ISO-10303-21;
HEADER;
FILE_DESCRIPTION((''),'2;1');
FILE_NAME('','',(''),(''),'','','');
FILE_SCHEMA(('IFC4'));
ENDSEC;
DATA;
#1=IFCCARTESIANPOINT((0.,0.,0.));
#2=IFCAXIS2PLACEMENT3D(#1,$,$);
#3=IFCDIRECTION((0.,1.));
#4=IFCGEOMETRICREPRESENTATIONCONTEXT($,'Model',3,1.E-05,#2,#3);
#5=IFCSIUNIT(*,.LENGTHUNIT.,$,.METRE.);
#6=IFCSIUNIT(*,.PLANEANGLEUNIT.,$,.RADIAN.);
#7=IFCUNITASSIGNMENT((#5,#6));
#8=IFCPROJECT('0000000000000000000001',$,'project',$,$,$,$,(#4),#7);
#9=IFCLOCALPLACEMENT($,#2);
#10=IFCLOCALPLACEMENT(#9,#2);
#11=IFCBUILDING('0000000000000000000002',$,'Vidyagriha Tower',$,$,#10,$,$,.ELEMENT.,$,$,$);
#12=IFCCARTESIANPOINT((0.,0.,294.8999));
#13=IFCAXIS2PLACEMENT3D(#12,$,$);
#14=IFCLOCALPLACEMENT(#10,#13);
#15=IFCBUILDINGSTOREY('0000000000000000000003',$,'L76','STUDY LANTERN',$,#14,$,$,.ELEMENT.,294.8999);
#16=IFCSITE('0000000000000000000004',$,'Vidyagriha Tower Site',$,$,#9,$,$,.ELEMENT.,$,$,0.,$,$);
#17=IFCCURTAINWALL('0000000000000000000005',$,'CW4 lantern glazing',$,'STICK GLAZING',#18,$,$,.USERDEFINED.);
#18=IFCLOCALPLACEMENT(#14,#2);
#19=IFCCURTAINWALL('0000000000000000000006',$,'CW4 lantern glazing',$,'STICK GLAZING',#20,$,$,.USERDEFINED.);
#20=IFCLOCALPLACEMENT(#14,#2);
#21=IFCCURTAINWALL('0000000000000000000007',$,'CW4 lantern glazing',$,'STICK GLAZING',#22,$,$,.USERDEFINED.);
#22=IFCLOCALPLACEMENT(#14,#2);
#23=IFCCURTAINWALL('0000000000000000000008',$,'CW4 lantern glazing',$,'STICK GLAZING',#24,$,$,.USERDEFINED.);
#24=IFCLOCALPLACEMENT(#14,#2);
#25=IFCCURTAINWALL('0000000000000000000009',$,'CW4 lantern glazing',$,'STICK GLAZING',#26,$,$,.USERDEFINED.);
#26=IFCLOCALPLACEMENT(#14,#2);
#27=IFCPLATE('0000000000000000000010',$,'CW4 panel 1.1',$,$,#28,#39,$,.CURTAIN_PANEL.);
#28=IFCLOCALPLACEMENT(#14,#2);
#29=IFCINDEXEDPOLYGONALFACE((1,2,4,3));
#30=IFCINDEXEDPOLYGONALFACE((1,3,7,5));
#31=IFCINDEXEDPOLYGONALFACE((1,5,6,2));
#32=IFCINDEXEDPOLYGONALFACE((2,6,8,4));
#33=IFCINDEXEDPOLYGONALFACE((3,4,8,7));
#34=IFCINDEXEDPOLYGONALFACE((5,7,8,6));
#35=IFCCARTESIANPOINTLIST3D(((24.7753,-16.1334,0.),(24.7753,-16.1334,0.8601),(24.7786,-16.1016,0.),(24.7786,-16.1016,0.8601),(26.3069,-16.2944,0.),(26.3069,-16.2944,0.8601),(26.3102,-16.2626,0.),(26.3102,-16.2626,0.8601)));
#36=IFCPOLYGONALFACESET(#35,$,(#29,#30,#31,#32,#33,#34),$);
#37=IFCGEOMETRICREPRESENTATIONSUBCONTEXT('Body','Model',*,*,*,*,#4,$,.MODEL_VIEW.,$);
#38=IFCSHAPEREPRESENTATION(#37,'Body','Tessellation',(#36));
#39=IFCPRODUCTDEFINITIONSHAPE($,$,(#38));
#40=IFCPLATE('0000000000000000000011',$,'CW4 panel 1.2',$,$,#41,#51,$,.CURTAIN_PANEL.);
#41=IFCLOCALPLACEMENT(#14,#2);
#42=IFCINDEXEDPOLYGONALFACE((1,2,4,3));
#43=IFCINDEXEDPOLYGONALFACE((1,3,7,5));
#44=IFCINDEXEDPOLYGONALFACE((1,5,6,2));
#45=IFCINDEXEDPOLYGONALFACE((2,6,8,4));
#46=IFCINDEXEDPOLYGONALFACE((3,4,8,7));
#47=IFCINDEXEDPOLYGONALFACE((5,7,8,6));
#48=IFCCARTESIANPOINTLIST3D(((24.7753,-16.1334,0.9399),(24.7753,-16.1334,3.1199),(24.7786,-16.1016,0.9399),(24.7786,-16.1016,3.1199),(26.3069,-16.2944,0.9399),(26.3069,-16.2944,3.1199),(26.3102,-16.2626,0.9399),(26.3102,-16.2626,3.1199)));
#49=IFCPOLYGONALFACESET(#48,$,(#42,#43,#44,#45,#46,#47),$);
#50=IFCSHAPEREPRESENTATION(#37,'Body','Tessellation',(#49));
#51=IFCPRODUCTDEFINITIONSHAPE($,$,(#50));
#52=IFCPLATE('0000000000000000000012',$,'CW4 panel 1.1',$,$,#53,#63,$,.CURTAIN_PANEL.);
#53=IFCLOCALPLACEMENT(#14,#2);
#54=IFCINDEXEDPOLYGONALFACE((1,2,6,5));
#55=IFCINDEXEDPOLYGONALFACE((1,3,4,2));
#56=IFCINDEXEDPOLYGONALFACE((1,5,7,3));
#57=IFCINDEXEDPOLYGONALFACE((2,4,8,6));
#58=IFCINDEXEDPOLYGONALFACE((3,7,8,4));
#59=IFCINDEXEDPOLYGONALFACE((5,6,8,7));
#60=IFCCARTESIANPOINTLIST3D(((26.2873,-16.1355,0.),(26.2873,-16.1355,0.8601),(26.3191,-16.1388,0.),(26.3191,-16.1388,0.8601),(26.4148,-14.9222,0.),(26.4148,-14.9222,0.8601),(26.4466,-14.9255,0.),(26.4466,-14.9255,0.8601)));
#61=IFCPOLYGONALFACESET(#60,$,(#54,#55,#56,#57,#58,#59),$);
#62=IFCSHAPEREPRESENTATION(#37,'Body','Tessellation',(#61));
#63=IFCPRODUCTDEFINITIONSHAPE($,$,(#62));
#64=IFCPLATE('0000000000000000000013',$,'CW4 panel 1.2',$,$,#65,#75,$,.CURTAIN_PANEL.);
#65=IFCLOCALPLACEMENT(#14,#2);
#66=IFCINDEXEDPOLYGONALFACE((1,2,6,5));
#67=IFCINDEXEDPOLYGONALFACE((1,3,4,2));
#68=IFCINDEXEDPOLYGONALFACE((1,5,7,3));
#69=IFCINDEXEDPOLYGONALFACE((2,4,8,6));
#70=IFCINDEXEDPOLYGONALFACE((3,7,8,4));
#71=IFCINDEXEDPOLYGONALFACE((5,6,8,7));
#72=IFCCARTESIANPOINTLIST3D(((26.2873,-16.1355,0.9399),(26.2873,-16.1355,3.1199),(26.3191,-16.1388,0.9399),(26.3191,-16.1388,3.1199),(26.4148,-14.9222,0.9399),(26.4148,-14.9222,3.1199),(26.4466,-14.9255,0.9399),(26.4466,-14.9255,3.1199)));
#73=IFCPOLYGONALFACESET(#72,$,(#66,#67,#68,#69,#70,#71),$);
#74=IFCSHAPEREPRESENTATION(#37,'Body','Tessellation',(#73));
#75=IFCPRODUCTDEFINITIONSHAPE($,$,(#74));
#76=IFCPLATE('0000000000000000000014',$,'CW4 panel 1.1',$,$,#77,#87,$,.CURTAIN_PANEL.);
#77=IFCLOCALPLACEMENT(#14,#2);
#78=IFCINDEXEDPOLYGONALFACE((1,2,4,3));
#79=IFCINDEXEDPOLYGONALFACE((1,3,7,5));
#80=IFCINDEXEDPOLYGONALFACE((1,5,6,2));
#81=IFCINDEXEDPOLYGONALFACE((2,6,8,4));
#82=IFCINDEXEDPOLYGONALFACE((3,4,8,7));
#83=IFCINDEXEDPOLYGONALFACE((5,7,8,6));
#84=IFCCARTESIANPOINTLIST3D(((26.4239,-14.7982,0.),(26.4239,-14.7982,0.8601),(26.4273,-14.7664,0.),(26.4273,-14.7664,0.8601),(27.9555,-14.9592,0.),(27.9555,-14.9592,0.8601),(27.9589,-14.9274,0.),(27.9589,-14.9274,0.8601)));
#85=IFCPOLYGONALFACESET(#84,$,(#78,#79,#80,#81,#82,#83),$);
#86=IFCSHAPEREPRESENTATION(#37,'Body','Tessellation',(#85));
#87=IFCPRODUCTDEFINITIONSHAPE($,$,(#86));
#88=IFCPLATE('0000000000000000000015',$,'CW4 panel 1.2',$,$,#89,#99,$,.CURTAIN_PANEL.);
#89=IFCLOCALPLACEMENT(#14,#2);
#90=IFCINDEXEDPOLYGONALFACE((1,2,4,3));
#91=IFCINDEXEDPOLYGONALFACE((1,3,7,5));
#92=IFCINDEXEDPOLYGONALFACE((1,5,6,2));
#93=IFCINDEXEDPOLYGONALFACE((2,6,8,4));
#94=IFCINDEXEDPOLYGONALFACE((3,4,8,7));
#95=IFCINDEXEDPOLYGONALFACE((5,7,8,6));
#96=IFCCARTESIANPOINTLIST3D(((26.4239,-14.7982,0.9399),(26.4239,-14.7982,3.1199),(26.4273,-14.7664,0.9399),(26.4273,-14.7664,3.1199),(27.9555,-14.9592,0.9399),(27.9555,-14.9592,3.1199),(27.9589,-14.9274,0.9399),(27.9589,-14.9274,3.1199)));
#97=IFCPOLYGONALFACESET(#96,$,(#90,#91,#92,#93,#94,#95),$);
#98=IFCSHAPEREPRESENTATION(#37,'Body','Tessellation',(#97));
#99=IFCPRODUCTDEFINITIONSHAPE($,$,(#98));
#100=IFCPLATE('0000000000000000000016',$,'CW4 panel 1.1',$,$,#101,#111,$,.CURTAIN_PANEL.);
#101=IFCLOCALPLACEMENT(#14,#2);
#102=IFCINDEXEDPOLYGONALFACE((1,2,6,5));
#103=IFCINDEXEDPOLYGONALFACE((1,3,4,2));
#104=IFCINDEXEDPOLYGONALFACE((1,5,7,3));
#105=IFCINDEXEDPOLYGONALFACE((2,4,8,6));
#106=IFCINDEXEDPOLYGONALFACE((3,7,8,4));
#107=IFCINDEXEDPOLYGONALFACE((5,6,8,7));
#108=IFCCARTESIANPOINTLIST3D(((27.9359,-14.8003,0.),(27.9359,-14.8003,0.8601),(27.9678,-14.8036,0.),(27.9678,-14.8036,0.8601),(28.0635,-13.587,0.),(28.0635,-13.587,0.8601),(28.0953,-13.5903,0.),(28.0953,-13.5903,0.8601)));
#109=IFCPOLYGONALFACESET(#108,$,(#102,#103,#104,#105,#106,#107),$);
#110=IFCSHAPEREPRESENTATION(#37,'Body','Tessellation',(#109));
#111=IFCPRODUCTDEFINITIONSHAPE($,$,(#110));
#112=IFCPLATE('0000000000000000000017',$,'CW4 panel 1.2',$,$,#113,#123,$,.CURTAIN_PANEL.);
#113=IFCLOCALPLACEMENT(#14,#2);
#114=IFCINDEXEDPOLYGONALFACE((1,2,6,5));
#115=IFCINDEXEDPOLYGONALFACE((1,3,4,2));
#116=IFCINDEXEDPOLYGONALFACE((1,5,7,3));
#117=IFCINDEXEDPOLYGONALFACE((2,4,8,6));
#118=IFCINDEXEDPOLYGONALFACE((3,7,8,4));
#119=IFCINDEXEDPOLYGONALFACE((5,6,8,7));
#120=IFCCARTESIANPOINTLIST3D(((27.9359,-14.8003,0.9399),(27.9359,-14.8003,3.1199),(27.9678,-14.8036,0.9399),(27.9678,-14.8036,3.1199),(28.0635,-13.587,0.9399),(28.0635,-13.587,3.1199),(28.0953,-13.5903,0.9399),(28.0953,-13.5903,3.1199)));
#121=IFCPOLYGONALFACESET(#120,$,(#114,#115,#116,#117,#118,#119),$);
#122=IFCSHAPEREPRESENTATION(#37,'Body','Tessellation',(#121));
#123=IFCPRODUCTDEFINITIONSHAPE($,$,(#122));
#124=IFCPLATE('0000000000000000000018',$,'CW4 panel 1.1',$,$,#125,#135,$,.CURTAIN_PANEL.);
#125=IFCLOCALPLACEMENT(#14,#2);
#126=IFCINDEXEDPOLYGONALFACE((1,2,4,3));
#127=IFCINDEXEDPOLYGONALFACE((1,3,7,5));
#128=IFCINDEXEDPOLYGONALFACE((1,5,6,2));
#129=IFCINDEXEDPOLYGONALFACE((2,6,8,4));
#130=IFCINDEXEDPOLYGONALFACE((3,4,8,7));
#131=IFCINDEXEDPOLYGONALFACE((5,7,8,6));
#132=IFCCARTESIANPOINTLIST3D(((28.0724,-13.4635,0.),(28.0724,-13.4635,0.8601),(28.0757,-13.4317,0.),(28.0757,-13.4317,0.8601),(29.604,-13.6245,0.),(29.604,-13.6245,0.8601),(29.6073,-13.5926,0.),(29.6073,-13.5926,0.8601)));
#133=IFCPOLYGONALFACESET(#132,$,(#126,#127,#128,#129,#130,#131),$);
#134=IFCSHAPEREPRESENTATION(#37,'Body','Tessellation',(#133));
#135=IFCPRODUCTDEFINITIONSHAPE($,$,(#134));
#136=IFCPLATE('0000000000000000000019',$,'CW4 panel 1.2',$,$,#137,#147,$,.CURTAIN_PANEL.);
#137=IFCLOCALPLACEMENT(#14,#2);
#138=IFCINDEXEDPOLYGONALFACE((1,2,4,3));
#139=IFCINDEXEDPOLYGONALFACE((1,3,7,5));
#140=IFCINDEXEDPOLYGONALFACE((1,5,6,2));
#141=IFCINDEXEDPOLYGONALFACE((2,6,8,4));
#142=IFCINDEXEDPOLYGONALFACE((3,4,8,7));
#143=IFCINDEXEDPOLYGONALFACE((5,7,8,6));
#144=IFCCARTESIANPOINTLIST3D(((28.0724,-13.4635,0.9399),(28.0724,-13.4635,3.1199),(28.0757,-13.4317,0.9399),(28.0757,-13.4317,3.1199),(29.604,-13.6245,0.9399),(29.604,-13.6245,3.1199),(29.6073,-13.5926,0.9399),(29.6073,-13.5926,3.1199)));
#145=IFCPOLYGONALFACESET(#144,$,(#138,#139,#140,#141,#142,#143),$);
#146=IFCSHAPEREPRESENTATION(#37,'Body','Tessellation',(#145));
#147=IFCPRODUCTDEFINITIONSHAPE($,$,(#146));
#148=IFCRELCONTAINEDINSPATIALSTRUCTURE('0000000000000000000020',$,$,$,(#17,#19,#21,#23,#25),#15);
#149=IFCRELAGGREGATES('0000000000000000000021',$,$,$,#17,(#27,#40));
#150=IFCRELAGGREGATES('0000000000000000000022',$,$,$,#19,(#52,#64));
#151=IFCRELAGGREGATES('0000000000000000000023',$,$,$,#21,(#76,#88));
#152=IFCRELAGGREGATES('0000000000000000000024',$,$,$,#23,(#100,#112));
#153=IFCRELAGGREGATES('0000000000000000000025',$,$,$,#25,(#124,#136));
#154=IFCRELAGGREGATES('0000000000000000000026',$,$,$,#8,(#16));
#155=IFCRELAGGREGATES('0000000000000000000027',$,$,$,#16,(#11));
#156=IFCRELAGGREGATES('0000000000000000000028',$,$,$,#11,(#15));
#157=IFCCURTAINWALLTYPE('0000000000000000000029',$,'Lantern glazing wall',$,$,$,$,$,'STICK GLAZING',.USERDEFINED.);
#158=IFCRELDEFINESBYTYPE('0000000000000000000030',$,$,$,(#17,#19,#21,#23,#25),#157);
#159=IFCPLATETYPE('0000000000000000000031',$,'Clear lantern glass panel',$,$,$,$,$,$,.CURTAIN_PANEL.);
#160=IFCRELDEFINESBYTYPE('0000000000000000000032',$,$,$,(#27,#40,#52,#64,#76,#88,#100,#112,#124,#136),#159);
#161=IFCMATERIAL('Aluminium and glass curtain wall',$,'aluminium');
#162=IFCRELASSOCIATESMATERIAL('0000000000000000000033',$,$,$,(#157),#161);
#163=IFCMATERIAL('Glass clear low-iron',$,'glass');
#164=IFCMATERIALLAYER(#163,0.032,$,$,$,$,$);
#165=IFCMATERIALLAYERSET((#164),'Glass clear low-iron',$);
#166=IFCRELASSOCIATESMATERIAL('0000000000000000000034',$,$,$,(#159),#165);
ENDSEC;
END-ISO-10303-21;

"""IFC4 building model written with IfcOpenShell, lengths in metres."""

from ifc_helpers import new_model, si_unit, direction, frame, origin, origin_2d, place, context, subcontext, project, spatial, rectangle, extrude, material, layer, layer_set, type_object, element, aggregate, save


model = new_model("IFC4")

# Units and contexts
model_context = context("Model", 3, precision=1e-05, world=origin(), true_north=direction((0.0, 1.0)))
body_context = subcontext(model_context, "Body", "Model", "MODEL_VIEW")
ifc_project = project(units=[si_unit("LENGTHUNIT", "METRE"), si_unit("PLANEANGLEUNIT", "RADIAN")], contexts=[model_context])

# Site, building, storey
site_placement = place(None, origin())
site = spatial("IfcSite", under=ifc_project, at=site_placement, Name="Vidyagriha Tower Site", CompositionType="ELEMENT", RefElevation=0.0)
building_placement = place(site_placement, origin())
building = spatial("IfcBuilding", under=site, at=building_placement, Name="Vidyagriha Tower", CompositionType="ELEMENT")
storey_placement = place(building_placement, frame((0.0, 0.0, 294.8999)))
storey = spatial("IfcBuildingStorey", under=building, at=storey_placement, Name="L76", Description="STUDY LANTERN", CompositionType="ELEMENT", Elevation=294.8999)

# Curtain wall
ifc_material_1 = material(Name="Aluminium and glass curtain wall", Category="aluminium")
curtain_wall_type = type_object("IfcCurtainWallType", Name="Lantern glazing wall", ElementType="STICK GLAZING", PredefinedType="USERDEFINED", material=ifc_material_1)
curtain_wall_1_placement = place(storey_placement, origin())
curtain_wall_1 = element("IfcCurtainWall", 1, at=curtain_wall_1_placement, inside=storey, type_object=curtain_wall_type, Name="CW4 lantern glazing", ObjectType="STICK GLAZING", PredefinedType="USERDEFINED")

# Curtain walls
curtain_wall_2_placement = place(storey_placement, origin())
curtain_wall_2 = element("IfcCurtainWall", 2, at=curtain_wall_2_placement, inside=storey, type_object=curtain_wall_type, Name="CW4 lantern glazing", ObjectType="STICK GLAZING", PredefinedType="USERDEFINED")
curtain_wall_3_placement = place(storey_placement, origin())
curtain_wall_3 = element("IfcCurtainWall", 3, at=curtain_wall_3_placement, inside=storey, type_object=curtain_wall_type, Name="CW4 lantern glazing", ObjectType="STICK GLAZING", PredefinedType="USERDEFINED")
curtain_wall_4_placement = place(storey_placement, origin())
curtain_wall_4 = element("IfcCurtainWall", 4, at=curtain_wall_4_placement, inside=storey, type_object=curtain_wall_type, Name="CW4 lantern glazing", ObjectType="STICK GLAZING", PredefinedType="USERDEFINED")

# Curtain wall
curtain_wall_5_placement = place(storey_placement, origin())
curtain_wall_5 = element("IfcCurtainWall", 5, at=curtain_wall_5_placement, inside=storey, type_object=curtain_wall_type, Name="CW4 lantern glazing", ObjectType="STICK GLAZING", PredefinedType="USERDEFINED")

# Plates
ifc_material_2 = material(Name="Glass clear low-iron", Category="glass")
ifc_layer = layer(ifc_material_2, 0.032)
ifc_layer_set = layer_set([ifc_layer], Name="Glass clear low-iron")
plate_type = type_object("IfcPlateType", Name="Clear lantern glass panel", PredefinedType="CURTAIN_PANEL", material=ifc_layer_set)
plate_1_placement = place(storey_placement, frame((25.5427, -16.198, 0.0), z_axis=(0.0, 0.0, 1.0), x_axis=(0.994523, -0.104519, 0.0)))
plate_1 = element("IfcPlate", 6, at=plate_1_placement, type_object=plate_type, Name="CW4 panel 1.1", PredefinedType="CURTAIN_PANEL", context=body_context, shape_type="SweptSolid", body=[
    extrude(rectangle(XDim=1.54, YDim=0.032, at=origin_2d()), origin(), (0.0, 0.0, 1.0), 0.8601),
])
plate_2_placement = place(storey_placement, frame((25.5427, -16.198, 0.9399), z_axis=(0.0, 0.0, 1.0), x_axis=(0.994523, -0.104519, 0.0)))
plate_2 = element("IfcPlate", 7, at=plate_2_placement, type_object=plate_type, Name="CW4 panel 1.2", PredefinedType="CURTAIN_PANEL", context=body_context, shape_type="SweptSolid", body=[
    extrude(rectangle(XDim=1.54, YDim=0.032, at=origin_2d()), origin(), (0.0, 0.0, 1.0), 2.1799),
])
aggregate(curtain_wall_1, [plate_1, plate_2])
plate_3_placement = place(storey_placement, frame((26.3669, -15.5305, 0.0), z_axis=(0.0, 0.0, 1.0), x_axis=(0.104549, 0.99452, 0.0)))
plate_3 = element("IfcPlate", 8, at=plate_3_placement, type_object=plate_type, Name="CW4 panel 1.1", PredefinedType="CURTAIN_PANEL", context=body_context, shape_type="SweptSolid", body=[
    extrude(rectangle(XDim=1.22, YDim=0.032, at=origin_2d()), origin(), (0.0, 0.0, 1.0), 0.8601),
])
plate_4_placement = place(storey_placement, frame((26.3669, -15.5305, 0.9399), z_axis=(0.0, 0.0, 1.0), x_axis=(0.104549, 0.99452, 0.0)))
plate_4 = element("IfcPlate", 9, at=plate_4_placement, type_object=plate_type, Name="CW4 panel 1.2", PredefinedType="CURTAIN_PANEL", context=body_context, shape_type="SweptSolid", body=[
    extrude(rectangle(XDim=1.22, YDim=0.032, at=origin_2d()), origin(), (0.0, 0.0, 1.0), 2.1799),
])
aggregate(curtain_wall_2, [plate_3, plate_4])
plate_5_placement = place(storey_placement, frame((27.1914, -14.8628, 0.0), z_axis=(0.0, 0.0, 1.0), x_axis=(0.994523, -0.104519, 0.0)))
plate_5 = element("IfcPlate", 10, at=plate_5_placement, type_object=plate_type, Name="CW4 panel 1.1", PredefinedType="CURTAIN_PANEL", context=body_context, shape_type="SweptSolid", body=[
    extrude(rectangle(XDim=1.54, YDim=0.032, at=origin_2d()), origin(), (0.0, 0.0, 1.0), 0.8601),
])
plate_6_placement = place(storey_placement, frame((27.1914, -14.8628, 0.9399), z_axis=(0.0, 0.0, 1.0), x_axis=(0.994523, -0.104519, 0.0)))
plate_6 = element("IfcPlate", 11, at=plate_6_placement, type_object=plate_type, Name="CW4 panel 1.2", PredefinedType="CURTAIN_PANEL", context=body_context, shape_type="SweptSolid", body=[
    extrude(rectangle(XDim=1.54, YDim=0.032, at=origin_2d()), origin(), (0.0, 0.0, 1.0), 2.1799),
])
aggregate(curtain_wall_3, [plate_5, plate_6])
plate_7_placement = place(storey_placement, frame((28.0156, -14.1953, 0.0), z_axis=(0.0, 0.0, 1.0), x_axis=(0.104549, 0.99452, 0.0)))
plate_7 = element("IfcPlate", 12, at=plate_7_placement, type_object=plate_type, Name="CW4 panel 1.1", PredefinedType="CURTAIN_PANEL", context=body_context, shape_type="SweptSolid", body=[
    extrude(rectangle(XDim=1.22, YDim=0.032, at=origin_2d()), origin(), (0.0, 0.0, 1.0), 0.8601),
])
plate_8_placement = place(storey_placement, frame((28.0156, -14.1953, 0.9399), z_axis=(0.0, 0.0, 1.0), x_axis=(0.104549, 0.99452, 0.0)))
plate_8 = element("IfcPlate", 13, at=plate_8_placement, type_object=plate_type, Name="CW4 panel 1.2", PredefinedType="CURTAIN_PANEL", context=body_context, shape_type="SweptSolid", body=[
    extrude(rectangle(XDim=1.22, YDim=0.032, at=origin_2d()), origin(), (0.0, 0.0, 1.0), 2.1799),
])
aggregate(curtain_wall_4, [plate_7, plate_8])
plate_9_placement = place(storey_placement, frame((28.8398, -13.5281, 0.0), z_axis=(0.0, 0.0, 1.0), x_axis=(0.994524, -0.104512, 0.0)))
plate_9 = element("IfcPlate", 14, at=plate_9_placement, type_object=plate_type, Name="CW4 panel 1.1", PredefinedType="CURTAIN_PANEL", context=body_context, shape_type="SweptSolid", body=[
    extrude(rectangle(XDim=1.54, YDim=0.032, at=origin_2d()), origin(), (0.0, 0.0, 1.0), 0.8601),
])
plate_10_placement = place(storey_placement, frame((28.8398, -13.5281, 0.9399), z_axis=(0.0, 0.0, 1.0), x_axis=(0.994524, -0.104512, 0.0)))
plate_10 = element("IfcPlate", 15, at=plate_10_placement, type_object=plate_type, Name="CW4 panel 1.2", PredefinedType="CURTAIN_PANEL", context=body_context, shape_type="SweptSolid", body=[
    extrude(rectangle(XDim=1.54, YDim=0.032, at=origin_2d()), origin(), (0.0, 0.0, 1.0), 2.1799),
])
aggregate(curtain_wall_5, [plate_9, plate_10])

save(model, "model.ifc")
